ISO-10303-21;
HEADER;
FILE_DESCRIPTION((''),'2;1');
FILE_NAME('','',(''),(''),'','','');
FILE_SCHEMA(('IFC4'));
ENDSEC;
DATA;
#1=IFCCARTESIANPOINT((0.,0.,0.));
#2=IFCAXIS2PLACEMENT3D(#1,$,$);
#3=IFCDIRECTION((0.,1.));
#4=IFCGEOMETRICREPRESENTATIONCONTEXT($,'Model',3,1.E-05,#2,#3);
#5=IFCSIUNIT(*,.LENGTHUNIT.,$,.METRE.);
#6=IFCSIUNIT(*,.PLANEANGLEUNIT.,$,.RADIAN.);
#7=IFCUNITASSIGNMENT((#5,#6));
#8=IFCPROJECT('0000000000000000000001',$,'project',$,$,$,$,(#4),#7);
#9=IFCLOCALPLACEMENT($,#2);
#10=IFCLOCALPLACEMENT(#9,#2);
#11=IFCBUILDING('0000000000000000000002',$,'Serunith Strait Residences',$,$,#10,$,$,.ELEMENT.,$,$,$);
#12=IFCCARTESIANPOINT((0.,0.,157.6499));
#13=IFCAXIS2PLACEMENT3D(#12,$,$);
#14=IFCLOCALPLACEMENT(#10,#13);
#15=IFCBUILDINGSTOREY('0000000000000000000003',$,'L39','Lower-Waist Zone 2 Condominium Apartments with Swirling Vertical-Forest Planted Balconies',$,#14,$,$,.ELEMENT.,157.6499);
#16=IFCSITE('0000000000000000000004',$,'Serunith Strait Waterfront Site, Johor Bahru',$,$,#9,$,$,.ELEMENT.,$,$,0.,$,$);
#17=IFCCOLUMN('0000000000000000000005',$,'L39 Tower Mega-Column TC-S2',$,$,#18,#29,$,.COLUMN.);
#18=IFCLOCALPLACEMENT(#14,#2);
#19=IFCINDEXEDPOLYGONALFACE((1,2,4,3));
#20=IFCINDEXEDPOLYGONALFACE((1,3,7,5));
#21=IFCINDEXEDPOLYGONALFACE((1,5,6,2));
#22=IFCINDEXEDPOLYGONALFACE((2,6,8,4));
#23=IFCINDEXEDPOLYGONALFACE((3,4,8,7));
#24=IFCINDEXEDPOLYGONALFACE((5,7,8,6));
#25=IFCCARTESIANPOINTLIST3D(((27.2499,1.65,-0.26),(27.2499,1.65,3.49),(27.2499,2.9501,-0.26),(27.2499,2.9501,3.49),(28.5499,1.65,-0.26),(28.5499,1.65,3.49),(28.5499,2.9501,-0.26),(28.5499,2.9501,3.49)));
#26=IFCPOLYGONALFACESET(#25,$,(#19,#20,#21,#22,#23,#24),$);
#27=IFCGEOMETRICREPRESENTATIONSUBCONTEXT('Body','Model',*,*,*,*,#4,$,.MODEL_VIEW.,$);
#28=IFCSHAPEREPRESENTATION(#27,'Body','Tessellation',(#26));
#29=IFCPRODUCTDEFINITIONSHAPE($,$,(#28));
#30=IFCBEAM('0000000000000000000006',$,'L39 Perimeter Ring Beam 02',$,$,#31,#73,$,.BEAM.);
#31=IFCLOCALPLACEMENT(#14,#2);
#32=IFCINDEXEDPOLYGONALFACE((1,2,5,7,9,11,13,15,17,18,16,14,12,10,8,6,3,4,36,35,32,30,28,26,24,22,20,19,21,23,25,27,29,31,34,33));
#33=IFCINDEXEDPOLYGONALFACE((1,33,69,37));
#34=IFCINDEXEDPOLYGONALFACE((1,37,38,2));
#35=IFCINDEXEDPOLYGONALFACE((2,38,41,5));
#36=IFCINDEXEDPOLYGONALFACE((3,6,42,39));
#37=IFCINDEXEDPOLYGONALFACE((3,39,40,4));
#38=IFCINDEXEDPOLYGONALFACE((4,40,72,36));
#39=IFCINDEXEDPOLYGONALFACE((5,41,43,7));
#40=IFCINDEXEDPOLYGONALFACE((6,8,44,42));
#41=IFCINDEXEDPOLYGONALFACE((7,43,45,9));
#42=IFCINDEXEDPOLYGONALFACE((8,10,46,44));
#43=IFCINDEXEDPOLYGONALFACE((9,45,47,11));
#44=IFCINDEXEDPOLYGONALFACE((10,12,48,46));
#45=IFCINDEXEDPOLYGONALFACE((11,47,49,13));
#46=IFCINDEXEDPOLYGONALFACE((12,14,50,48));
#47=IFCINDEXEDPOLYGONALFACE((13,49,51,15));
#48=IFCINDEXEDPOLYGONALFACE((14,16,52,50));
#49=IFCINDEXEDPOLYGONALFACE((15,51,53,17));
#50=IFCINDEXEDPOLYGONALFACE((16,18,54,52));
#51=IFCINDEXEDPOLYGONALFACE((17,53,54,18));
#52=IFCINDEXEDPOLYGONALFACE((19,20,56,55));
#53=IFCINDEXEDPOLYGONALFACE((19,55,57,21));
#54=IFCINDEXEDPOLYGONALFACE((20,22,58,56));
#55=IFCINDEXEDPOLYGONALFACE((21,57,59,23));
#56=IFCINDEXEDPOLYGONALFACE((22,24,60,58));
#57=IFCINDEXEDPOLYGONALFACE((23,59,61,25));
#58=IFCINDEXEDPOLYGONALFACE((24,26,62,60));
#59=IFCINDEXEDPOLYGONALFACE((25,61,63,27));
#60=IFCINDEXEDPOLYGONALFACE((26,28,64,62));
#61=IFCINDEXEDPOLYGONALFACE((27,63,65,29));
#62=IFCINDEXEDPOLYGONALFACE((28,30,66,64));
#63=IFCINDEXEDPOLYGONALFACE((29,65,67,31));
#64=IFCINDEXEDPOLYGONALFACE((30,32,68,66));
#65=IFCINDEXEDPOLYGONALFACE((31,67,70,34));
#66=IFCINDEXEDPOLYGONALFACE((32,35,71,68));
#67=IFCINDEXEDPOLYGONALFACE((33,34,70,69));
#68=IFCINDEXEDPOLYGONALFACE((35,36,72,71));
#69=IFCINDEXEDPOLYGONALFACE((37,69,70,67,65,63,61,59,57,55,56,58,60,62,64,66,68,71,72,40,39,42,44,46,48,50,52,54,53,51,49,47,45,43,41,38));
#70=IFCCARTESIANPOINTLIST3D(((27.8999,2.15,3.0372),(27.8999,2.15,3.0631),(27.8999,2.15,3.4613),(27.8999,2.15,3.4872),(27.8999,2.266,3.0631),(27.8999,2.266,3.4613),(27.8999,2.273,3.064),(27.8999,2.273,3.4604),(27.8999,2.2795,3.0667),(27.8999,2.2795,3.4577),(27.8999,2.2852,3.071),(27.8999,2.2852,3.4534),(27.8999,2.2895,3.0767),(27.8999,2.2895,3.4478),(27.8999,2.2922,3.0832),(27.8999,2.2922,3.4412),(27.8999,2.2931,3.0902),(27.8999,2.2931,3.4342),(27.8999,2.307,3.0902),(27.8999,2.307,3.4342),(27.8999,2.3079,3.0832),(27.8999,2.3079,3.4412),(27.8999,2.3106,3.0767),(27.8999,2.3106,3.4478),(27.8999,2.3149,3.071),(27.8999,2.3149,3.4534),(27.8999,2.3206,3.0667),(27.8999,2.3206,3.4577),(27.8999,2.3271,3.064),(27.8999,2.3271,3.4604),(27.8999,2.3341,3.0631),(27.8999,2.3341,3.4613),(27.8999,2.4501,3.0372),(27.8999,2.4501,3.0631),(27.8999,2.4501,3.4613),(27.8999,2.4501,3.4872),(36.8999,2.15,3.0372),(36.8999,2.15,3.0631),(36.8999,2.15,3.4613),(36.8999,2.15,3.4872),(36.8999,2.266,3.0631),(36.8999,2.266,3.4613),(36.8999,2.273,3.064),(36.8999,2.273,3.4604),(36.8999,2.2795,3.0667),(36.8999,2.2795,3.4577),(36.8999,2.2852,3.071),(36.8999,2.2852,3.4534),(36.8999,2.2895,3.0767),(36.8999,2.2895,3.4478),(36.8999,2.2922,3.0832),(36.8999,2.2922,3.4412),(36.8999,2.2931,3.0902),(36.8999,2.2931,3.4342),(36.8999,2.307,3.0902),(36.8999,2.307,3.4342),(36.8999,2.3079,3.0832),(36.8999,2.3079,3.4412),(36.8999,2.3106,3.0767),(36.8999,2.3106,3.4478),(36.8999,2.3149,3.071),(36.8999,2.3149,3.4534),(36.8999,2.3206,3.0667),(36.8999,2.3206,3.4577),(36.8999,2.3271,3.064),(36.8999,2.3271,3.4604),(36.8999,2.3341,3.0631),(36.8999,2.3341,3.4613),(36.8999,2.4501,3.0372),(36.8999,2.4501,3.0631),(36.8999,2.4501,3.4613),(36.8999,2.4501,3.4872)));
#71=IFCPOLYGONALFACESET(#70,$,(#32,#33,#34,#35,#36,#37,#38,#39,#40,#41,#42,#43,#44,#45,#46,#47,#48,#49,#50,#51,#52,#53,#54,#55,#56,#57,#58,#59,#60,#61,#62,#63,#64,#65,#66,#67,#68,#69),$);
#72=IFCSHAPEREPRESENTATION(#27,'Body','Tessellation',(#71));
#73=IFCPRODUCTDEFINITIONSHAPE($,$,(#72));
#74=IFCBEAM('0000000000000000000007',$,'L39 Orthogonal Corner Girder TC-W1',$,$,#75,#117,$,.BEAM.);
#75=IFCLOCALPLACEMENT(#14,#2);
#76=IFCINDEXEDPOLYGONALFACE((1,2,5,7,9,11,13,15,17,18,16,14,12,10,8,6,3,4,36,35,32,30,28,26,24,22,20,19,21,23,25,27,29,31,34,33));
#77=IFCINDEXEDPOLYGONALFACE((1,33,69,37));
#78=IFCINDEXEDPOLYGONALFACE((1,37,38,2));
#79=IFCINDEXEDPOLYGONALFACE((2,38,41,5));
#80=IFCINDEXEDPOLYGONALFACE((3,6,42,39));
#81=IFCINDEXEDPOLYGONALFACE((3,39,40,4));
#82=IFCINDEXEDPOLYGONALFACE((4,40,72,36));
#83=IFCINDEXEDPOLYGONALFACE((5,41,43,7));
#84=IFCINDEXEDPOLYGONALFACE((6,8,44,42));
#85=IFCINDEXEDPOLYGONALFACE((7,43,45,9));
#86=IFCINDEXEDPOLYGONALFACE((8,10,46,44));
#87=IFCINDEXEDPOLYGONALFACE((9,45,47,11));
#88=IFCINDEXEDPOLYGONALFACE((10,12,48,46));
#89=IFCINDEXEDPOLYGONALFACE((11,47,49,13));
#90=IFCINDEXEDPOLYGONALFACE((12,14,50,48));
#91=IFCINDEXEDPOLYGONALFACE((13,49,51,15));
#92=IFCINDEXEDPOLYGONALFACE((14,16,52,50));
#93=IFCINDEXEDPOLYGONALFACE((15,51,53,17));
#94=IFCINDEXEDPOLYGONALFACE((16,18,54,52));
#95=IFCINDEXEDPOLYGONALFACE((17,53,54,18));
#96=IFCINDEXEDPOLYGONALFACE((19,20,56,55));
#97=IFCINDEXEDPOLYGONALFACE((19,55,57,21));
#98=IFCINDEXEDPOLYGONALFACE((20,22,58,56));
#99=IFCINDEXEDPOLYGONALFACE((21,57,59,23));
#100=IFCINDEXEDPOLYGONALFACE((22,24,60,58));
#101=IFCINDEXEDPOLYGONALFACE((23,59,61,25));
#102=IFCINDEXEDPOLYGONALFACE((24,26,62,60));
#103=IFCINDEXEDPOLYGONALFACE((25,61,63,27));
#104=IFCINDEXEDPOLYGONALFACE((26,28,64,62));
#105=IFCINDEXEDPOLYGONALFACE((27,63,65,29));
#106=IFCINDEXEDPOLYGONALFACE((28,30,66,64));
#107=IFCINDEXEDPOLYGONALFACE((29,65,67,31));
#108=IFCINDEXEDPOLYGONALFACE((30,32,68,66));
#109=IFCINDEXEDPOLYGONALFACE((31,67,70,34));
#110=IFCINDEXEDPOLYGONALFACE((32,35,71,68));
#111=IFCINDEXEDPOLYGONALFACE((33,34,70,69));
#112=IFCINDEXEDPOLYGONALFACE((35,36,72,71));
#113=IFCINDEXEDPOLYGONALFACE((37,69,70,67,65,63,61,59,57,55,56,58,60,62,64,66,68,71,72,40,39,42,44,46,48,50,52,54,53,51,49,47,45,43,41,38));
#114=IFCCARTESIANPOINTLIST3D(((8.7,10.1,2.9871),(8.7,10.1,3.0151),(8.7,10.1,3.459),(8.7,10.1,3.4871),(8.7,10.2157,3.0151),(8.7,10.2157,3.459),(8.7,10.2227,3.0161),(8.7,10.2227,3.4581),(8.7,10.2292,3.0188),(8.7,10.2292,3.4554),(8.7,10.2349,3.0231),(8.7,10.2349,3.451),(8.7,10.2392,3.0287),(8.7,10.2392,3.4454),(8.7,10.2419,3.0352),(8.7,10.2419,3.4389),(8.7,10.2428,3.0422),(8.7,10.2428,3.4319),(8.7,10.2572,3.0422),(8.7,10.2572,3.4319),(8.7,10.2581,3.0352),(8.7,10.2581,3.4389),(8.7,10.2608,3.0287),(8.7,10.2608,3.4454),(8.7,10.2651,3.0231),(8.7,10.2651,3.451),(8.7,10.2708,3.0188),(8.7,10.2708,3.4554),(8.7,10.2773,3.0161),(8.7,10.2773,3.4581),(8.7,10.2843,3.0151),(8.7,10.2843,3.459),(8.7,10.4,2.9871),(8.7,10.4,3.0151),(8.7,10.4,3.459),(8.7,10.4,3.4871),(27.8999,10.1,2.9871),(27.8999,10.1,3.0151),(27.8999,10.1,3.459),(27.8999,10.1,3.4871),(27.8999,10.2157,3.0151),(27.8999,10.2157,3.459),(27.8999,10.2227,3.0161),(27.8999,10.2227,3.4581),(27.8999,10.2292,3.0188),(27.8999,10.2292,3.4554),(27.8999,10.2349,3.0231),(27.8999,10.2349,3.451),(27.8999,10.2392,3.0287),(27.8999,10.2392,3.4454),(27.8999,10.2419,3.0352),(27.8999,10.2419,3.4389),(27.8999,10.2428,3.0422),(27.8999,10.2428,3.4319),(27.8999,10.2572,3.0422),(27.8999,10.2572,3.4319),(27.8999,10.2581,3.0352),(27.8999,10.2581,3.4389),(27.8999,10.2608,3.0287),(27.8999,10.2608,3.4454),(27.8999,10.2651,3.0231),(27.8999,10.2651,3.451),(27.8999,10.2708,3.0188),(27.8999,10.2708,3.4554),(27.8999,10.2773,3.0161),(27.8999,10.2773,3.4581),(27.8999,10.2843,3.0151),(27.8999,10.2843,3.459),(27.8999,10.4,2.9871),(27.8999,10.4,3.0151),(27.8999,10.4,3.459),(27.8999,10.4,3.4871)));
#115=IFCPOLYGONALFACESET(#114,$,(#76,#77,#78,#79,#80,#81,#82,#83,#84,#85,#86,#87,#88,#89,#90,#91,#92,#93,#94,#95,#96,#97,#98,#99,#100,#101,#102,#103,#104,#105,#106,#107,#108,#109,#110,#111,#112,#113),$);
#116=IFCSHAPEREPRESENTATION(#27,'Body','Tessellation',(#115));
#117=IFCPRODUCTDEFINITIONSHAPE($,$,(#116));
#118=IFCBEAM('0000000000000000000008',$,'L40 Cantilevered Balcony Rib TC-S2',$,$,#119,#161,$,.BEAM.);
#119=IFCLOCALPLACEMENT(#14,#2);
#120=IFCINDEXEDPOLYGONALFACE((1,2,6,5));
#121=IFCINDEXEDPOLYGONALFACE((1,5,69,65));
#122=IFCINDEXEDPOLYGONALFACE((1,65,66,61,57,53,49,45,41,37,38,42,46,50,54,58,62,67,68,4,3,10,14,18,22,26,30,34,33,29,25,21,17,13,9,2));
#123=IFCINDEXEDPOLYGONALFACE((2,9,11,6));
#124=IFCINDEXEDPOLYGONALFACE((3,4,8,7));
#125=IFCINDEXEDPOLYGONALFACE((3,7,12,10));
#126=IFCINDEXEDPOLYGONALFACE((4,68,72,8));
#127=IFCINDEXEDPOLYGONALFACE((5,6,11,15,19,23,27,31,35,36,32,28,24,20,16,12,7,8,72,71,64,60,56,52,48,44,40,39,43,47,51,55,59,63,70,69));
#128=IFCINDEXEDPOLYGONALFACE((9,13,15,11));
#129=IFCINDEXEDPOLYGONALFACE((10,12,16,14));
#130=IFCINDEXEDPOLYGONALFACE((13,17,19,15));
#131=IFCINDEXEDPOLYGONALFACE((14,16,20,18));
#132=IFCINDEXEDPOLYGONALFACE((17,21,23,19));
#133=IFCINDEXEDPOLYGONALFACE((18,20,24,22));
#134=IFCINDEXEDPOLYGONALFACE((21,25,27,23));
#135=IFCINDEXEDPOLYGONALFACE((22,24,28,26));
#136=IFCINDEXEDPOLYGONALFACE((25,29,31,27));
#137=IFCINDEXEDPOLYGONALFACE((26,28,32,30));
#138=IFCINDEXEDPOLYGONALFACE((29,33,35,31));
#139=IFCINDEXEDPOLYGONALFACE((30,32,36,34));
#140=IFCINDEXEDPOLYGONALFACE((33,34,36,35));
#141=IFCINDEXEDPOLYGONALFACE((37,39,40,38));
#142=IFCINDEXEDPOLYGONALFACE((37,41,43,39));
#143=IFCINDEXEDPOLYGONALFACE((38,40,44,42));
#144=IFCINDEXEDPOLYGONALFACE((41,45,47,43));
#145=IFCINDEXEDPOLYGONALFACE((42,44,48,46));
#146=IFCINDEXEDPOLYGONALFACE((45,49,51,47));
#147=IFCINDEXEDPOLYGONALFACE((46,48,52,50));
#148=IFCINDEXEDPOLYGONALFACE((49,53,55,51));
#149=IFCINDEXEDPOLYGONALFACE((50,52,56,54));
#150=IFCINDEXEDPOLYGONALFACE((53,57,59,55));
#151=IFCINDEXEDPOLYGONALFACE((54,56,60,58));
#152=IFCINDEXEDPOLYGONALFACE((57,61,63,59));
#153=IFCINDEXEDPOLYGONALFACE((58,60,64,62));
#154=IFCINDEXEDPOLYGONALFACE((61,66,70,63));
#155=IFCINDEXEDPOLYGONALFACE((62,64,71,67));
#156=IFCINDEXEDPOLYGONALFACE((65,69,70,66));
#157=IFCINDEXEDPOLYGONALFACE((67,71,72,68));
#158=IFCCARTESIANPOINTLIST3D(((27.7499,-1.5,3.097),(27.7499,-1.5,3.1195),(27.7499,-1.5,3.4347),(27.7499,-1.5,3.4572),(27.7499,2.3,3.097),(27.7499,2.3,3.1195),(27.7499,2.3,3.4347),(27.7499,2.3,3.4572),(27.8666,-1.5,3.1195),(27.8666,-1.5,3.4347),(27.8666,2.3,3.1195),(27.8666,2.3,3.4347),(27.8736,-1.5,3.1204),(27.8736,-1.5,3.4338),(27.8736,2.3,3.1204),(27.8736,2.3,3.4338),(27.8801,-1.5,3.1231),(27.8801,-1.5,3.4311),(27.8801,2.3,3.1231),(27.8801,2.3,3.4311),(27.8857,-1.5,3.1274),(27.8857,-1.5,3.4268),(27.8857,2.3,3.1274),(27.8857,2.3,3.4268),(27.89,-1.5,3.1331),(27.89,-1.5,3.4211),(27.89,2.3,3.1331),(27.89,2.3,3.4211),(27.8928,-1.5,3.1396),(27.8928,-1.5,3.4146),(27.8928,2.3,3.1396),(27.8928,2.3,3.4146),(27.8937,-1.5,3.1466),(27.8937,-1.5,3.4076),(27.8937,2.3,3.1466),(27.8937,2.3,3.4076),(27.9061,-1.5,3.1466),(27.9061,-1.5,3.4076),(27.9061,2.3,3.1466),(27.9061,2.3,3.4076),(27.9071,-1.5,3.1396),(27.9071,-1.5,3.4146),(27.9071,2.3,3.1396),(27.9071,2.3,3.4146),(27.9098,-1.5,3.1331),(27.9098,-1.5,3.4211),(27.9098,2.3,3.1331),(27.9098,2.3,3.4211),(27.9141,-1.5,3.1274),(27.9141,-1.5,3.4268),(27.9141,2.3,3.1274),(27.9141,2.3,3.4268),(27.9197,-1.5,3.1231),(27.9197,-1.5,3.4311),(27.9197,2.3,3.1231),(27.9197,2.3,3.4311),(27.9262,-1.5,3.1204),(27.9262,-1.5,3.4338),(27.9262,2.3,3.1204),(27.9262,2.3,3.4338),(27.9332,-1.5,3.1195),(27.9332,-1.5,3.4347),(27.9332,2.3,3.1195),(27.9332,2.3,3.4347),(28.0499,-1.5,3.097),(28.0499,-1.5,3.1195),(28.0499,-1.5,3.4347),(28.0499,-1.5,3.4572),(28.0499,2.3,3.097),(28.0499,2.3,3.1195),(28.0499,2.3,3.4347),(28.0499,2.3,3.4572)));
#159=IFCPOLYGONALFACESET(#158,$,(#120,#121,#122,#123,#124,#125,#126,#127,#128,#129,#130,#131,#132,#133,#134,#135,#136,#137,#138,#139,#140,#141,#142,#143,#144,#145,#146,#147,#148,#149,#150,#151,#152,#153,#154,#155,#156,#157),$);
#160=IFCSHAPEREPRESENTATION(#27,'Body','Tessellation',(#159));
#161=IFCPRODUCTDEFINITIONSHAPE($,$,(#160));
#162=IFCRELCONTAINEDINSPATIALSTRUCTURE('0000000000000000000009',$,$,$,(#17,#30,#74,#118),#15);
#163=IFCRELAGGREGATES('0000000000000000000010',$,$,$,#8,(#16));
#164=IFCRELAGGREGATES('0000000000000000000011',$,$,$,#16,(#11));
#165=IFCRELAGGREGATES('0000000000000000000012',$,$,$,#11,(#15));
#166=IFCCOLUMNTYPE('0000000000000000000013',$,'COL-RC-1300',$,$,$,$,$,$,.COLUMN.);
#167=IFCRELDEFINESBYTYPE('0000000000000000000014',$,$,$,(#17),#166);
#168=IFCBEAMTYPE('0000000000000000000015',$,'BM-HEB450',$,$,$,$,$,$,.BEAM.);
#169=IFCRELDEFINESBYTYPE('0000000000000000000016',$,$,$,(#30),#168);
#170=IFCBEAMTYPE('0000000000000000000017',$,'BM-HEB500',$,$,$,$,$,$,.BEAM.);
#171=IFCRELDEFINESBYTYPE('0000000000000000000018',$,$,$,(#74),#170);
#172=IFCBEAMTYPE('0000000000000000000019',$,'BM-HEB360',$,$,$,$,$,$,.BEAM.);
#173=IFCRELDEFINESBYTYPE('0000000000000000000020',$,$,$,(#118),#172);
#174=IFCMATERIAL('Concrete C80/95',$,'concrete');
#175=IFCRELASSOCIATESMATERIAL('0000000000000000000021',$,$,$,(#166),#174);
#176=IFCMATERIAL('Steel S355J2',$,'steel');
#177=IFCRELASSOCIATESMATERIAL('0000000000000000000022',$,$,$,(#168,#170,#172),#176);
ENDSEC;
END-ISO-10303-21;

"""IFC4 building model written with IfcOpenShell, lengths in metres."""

from ifc_helpers import new_model, si_unit, direction, frame, origin, origin_2d, place, context, subcontext, project, spatial, rectangle, i_section, extrude, source, transform, mapped, material, material_profile, profile_set, type_object, element, save


model = new_model("IFC4")

# Units and contexts
model_context = context("Model", 3, precision=1e-05, world=origin(), true_north=direction((0.0, 1.0)))
body_context = subcontext(model_context, "Body", "Model", "MODEL_VIEW")
ifc_project = project(units=[si_unit("LENGTHUNIT", "METRE"), si_unit("PLANEANGLEUNIT", "RADIAN")], contexts=[model_context])

# Site, building, storey
site_placement = place(None, origin())
site = spatial("IfcSite", under=ifc_project, at=site_placement, Name="Serunith Strait Waterfront Site, Johor Bahru", CompositionType="ELEMENT", RefElevation=0.0)
building_placement = place(site_placement, origin())
building = spatial("IfcBuilding", under=site, at=building_placement, Name="Serunith Strait Residences", CompositionType="ELEMENT")
storey_placement = place(building_placement, frame((0.0, 0.0, 157.6499)))
storey = spatial("IfcBuildingStorey", under=building, at=storey_placement, Name="L39", Description="Lower-Waist Zone 2 Condominium Apartments with Swirling Vertical-Forest Planted Balconies", CompositionType="ELEMENT", Elevation=157.6499)

# Column
ifc_material_1 = material(Name="Concrete C80/95", Category="concrete")
ifc_material_profile_1 = material_profile(ifc_material_1, rectangle(XDim=1.3, YDim=1.3, at=origin_2d()), Name="RC 1300x1300")
ifc_profile_set_1 = profile_set([ifc_material_profile_1], Name="Concrete C80/95")
column_type = type_object("IfcColumnType", Name="COL-RC-1300", PredefinedType="COLUMN", material=ifc_profile_set_1)
shared_shape_1 = source(origin(), body_context, "Body", "SweptSolid", [
    extrude(rectangle(XDim=1.3, YDim=1.3, at=origin_2d()), origin(), (0.0, 0.0, 1.0), 3.75),
])
column_placement = place(storey_placement, frame((27.8999, 2.3, -0.26), z_axis=(0.0, 0.0, 1.0), x_axis=(1.0, 0.0, 0.0)))
element("IfcColumn", 1, at=column_placement, inside=storey, type_object=column_type, Name="L39 Tower Mega-Column TC-S2", PredefinedType="COLUMN", context=body_context, shape_type="MappedRepresentation", body=[
    mapped(shared_shape_1, transform((0.0, 0.0, 0.0), scale=1.0)),
])

# Beams
ifc_material_2 = material(Name="Steel S355J2", Category="steel")
ifc_material_profile_2 = material_profile(ifc_material_2, i_section(OverallWidth=0.3, OverallDepth=0.45, WebThickness=0.0139, FlangeThickness=0.0259, FilletRadius=0.0271, at=origin_2d()), Name="HEB 450")
ifc_profile_set_2 = profile_set([ifc_material_profile_2], Name="Steel S355J2")
beam_type_1 = type_object("IfcBeamType", Name="BM-HEB450", PredefinedType="BEAM", material=ifc_profile_set_2)
shared_shape_2 = source(origin(), body_context, "Body", "SweptSolid", [
    extrude(i_section(OverallWidth=0.3, OverallDepth=0.45, WebThickness=0.0139, FlangeThickness=0.0259, FilletRadius=0.0271, at=origin_2d()), origin(), (0.0, 0.0, 1.0), 9.0),
])
beam_1_placement = place(storey_placement, frame((27.8999, 2.3, 3.2622), z_axis=(1.0, 0.0, 0.0), x_axis=(0.0, 1.0, 0.0)))
element("IfcBeam", 2, at=beam_1_placement, inside=storey, type_object=beam_type_1, Name="L39 Perimeter Ring Beam 02", PredefinedType="BEAM", context=body_context, shape_type="MappedRepresentation", body=[
    mapped(shared_shape_2, transform((0.0, 0.0, 0.0), scale=1.0)),
])
ifc_material_profile_3 = material_profile(ifc_material_2, i_section(OverallWidth=0.3, OverallDepth=0.5, WebThickness=0.0144, FlangeThickness=0.0281, FilletRadius=0.0271, at=origin_2d()), Name="HEB 500")
ifc_profile_set_3 = profile_set([ifc_material_profile_3], Name="Steel S355J2")
beam_type_2 = type_object("IfcBeamType", Name="BM-HEB500", PredefinedType="BEAM", material=ifc_profile_set_3)
shared_shape_3 = source(origin(), body_context, "Body", "SweptSolid", [
    extrude(i_section(OverallWidth=0.3, OverallDepth=0.5, WebThickness=0.0144, FlangeThickness=0.0281, FilletRadius=0.0271, at=origin_2d()), origin(), (0.0, 0.0, 1.0), 19.2),
])
beam_2_placement = place(storey_placement, frame((27.8999, 10.25, 3.2371), z_axis=(-1.0, 0.0, 0.0), x_axis=(0.0, -1.0, 0.0)))
element("IfcBeam", 3, at=beam_2_placement, inside=storey, type_object=beam_type_2, Name="L39 Orthogonal Corner Girder TC-W1", PredefinedType="BEAM", context=body_context, shape_type="MappedRepresentation", body=[
    mapped(shared_shape_3, transform((0.0, 0.0, 0.0), scale=1.0)),
])
ifc_material_profile_4 = material_profile(ifc_material_2, i_section(OverallWidth=0.3, OverallDepth=0.3601, WebThickness=0.0125, FlangeThickness=0.0225, FilletRadius=0.0271, at=origin_2d()), Name="HEB 360")
ifc_profile_set_4 = profile_set([ifc_material_profile_4], Name="Steel S355J2")
beam_type_3 = type_object("IfcBeamType", Name="BM-HEB360", PredefinedType="BEAM", material=ifc_profile_set_4)
shared_shape_4 = source(origin(), body_context, "Body", "SweptSolid", [
    extrude(i_section(OverallWidth=0.3, OverallDepth=0.3601, WebThickness=0.0125, FlangeThickness=0.0225, FilletRadius=0.0271, at=origin_2d()), origin(), (0.0, 0.0, 1.0), 3.8),
])
beam_3_placement = place(storey_placement, frame((27.8999, 2.3, 3.2771), z_axis=(0.0, -1.0, 0.0), x_axis=(1.0, 0.0, 0.0)))
element("IfcBeam", 4, at=beam_3_placement, inside=storey, type_object=beam_type_3, Name="L40 Cantilevered Balcony Rib TC-S2", PredefinedType="BEAM", context=body_context, shape_type="MappedRepresentation", body=[
    mapped(shared_shape_4, transform((0.0, 0.0, 0.0), scale=1.0)),
])

save(model, "model.ifc")
